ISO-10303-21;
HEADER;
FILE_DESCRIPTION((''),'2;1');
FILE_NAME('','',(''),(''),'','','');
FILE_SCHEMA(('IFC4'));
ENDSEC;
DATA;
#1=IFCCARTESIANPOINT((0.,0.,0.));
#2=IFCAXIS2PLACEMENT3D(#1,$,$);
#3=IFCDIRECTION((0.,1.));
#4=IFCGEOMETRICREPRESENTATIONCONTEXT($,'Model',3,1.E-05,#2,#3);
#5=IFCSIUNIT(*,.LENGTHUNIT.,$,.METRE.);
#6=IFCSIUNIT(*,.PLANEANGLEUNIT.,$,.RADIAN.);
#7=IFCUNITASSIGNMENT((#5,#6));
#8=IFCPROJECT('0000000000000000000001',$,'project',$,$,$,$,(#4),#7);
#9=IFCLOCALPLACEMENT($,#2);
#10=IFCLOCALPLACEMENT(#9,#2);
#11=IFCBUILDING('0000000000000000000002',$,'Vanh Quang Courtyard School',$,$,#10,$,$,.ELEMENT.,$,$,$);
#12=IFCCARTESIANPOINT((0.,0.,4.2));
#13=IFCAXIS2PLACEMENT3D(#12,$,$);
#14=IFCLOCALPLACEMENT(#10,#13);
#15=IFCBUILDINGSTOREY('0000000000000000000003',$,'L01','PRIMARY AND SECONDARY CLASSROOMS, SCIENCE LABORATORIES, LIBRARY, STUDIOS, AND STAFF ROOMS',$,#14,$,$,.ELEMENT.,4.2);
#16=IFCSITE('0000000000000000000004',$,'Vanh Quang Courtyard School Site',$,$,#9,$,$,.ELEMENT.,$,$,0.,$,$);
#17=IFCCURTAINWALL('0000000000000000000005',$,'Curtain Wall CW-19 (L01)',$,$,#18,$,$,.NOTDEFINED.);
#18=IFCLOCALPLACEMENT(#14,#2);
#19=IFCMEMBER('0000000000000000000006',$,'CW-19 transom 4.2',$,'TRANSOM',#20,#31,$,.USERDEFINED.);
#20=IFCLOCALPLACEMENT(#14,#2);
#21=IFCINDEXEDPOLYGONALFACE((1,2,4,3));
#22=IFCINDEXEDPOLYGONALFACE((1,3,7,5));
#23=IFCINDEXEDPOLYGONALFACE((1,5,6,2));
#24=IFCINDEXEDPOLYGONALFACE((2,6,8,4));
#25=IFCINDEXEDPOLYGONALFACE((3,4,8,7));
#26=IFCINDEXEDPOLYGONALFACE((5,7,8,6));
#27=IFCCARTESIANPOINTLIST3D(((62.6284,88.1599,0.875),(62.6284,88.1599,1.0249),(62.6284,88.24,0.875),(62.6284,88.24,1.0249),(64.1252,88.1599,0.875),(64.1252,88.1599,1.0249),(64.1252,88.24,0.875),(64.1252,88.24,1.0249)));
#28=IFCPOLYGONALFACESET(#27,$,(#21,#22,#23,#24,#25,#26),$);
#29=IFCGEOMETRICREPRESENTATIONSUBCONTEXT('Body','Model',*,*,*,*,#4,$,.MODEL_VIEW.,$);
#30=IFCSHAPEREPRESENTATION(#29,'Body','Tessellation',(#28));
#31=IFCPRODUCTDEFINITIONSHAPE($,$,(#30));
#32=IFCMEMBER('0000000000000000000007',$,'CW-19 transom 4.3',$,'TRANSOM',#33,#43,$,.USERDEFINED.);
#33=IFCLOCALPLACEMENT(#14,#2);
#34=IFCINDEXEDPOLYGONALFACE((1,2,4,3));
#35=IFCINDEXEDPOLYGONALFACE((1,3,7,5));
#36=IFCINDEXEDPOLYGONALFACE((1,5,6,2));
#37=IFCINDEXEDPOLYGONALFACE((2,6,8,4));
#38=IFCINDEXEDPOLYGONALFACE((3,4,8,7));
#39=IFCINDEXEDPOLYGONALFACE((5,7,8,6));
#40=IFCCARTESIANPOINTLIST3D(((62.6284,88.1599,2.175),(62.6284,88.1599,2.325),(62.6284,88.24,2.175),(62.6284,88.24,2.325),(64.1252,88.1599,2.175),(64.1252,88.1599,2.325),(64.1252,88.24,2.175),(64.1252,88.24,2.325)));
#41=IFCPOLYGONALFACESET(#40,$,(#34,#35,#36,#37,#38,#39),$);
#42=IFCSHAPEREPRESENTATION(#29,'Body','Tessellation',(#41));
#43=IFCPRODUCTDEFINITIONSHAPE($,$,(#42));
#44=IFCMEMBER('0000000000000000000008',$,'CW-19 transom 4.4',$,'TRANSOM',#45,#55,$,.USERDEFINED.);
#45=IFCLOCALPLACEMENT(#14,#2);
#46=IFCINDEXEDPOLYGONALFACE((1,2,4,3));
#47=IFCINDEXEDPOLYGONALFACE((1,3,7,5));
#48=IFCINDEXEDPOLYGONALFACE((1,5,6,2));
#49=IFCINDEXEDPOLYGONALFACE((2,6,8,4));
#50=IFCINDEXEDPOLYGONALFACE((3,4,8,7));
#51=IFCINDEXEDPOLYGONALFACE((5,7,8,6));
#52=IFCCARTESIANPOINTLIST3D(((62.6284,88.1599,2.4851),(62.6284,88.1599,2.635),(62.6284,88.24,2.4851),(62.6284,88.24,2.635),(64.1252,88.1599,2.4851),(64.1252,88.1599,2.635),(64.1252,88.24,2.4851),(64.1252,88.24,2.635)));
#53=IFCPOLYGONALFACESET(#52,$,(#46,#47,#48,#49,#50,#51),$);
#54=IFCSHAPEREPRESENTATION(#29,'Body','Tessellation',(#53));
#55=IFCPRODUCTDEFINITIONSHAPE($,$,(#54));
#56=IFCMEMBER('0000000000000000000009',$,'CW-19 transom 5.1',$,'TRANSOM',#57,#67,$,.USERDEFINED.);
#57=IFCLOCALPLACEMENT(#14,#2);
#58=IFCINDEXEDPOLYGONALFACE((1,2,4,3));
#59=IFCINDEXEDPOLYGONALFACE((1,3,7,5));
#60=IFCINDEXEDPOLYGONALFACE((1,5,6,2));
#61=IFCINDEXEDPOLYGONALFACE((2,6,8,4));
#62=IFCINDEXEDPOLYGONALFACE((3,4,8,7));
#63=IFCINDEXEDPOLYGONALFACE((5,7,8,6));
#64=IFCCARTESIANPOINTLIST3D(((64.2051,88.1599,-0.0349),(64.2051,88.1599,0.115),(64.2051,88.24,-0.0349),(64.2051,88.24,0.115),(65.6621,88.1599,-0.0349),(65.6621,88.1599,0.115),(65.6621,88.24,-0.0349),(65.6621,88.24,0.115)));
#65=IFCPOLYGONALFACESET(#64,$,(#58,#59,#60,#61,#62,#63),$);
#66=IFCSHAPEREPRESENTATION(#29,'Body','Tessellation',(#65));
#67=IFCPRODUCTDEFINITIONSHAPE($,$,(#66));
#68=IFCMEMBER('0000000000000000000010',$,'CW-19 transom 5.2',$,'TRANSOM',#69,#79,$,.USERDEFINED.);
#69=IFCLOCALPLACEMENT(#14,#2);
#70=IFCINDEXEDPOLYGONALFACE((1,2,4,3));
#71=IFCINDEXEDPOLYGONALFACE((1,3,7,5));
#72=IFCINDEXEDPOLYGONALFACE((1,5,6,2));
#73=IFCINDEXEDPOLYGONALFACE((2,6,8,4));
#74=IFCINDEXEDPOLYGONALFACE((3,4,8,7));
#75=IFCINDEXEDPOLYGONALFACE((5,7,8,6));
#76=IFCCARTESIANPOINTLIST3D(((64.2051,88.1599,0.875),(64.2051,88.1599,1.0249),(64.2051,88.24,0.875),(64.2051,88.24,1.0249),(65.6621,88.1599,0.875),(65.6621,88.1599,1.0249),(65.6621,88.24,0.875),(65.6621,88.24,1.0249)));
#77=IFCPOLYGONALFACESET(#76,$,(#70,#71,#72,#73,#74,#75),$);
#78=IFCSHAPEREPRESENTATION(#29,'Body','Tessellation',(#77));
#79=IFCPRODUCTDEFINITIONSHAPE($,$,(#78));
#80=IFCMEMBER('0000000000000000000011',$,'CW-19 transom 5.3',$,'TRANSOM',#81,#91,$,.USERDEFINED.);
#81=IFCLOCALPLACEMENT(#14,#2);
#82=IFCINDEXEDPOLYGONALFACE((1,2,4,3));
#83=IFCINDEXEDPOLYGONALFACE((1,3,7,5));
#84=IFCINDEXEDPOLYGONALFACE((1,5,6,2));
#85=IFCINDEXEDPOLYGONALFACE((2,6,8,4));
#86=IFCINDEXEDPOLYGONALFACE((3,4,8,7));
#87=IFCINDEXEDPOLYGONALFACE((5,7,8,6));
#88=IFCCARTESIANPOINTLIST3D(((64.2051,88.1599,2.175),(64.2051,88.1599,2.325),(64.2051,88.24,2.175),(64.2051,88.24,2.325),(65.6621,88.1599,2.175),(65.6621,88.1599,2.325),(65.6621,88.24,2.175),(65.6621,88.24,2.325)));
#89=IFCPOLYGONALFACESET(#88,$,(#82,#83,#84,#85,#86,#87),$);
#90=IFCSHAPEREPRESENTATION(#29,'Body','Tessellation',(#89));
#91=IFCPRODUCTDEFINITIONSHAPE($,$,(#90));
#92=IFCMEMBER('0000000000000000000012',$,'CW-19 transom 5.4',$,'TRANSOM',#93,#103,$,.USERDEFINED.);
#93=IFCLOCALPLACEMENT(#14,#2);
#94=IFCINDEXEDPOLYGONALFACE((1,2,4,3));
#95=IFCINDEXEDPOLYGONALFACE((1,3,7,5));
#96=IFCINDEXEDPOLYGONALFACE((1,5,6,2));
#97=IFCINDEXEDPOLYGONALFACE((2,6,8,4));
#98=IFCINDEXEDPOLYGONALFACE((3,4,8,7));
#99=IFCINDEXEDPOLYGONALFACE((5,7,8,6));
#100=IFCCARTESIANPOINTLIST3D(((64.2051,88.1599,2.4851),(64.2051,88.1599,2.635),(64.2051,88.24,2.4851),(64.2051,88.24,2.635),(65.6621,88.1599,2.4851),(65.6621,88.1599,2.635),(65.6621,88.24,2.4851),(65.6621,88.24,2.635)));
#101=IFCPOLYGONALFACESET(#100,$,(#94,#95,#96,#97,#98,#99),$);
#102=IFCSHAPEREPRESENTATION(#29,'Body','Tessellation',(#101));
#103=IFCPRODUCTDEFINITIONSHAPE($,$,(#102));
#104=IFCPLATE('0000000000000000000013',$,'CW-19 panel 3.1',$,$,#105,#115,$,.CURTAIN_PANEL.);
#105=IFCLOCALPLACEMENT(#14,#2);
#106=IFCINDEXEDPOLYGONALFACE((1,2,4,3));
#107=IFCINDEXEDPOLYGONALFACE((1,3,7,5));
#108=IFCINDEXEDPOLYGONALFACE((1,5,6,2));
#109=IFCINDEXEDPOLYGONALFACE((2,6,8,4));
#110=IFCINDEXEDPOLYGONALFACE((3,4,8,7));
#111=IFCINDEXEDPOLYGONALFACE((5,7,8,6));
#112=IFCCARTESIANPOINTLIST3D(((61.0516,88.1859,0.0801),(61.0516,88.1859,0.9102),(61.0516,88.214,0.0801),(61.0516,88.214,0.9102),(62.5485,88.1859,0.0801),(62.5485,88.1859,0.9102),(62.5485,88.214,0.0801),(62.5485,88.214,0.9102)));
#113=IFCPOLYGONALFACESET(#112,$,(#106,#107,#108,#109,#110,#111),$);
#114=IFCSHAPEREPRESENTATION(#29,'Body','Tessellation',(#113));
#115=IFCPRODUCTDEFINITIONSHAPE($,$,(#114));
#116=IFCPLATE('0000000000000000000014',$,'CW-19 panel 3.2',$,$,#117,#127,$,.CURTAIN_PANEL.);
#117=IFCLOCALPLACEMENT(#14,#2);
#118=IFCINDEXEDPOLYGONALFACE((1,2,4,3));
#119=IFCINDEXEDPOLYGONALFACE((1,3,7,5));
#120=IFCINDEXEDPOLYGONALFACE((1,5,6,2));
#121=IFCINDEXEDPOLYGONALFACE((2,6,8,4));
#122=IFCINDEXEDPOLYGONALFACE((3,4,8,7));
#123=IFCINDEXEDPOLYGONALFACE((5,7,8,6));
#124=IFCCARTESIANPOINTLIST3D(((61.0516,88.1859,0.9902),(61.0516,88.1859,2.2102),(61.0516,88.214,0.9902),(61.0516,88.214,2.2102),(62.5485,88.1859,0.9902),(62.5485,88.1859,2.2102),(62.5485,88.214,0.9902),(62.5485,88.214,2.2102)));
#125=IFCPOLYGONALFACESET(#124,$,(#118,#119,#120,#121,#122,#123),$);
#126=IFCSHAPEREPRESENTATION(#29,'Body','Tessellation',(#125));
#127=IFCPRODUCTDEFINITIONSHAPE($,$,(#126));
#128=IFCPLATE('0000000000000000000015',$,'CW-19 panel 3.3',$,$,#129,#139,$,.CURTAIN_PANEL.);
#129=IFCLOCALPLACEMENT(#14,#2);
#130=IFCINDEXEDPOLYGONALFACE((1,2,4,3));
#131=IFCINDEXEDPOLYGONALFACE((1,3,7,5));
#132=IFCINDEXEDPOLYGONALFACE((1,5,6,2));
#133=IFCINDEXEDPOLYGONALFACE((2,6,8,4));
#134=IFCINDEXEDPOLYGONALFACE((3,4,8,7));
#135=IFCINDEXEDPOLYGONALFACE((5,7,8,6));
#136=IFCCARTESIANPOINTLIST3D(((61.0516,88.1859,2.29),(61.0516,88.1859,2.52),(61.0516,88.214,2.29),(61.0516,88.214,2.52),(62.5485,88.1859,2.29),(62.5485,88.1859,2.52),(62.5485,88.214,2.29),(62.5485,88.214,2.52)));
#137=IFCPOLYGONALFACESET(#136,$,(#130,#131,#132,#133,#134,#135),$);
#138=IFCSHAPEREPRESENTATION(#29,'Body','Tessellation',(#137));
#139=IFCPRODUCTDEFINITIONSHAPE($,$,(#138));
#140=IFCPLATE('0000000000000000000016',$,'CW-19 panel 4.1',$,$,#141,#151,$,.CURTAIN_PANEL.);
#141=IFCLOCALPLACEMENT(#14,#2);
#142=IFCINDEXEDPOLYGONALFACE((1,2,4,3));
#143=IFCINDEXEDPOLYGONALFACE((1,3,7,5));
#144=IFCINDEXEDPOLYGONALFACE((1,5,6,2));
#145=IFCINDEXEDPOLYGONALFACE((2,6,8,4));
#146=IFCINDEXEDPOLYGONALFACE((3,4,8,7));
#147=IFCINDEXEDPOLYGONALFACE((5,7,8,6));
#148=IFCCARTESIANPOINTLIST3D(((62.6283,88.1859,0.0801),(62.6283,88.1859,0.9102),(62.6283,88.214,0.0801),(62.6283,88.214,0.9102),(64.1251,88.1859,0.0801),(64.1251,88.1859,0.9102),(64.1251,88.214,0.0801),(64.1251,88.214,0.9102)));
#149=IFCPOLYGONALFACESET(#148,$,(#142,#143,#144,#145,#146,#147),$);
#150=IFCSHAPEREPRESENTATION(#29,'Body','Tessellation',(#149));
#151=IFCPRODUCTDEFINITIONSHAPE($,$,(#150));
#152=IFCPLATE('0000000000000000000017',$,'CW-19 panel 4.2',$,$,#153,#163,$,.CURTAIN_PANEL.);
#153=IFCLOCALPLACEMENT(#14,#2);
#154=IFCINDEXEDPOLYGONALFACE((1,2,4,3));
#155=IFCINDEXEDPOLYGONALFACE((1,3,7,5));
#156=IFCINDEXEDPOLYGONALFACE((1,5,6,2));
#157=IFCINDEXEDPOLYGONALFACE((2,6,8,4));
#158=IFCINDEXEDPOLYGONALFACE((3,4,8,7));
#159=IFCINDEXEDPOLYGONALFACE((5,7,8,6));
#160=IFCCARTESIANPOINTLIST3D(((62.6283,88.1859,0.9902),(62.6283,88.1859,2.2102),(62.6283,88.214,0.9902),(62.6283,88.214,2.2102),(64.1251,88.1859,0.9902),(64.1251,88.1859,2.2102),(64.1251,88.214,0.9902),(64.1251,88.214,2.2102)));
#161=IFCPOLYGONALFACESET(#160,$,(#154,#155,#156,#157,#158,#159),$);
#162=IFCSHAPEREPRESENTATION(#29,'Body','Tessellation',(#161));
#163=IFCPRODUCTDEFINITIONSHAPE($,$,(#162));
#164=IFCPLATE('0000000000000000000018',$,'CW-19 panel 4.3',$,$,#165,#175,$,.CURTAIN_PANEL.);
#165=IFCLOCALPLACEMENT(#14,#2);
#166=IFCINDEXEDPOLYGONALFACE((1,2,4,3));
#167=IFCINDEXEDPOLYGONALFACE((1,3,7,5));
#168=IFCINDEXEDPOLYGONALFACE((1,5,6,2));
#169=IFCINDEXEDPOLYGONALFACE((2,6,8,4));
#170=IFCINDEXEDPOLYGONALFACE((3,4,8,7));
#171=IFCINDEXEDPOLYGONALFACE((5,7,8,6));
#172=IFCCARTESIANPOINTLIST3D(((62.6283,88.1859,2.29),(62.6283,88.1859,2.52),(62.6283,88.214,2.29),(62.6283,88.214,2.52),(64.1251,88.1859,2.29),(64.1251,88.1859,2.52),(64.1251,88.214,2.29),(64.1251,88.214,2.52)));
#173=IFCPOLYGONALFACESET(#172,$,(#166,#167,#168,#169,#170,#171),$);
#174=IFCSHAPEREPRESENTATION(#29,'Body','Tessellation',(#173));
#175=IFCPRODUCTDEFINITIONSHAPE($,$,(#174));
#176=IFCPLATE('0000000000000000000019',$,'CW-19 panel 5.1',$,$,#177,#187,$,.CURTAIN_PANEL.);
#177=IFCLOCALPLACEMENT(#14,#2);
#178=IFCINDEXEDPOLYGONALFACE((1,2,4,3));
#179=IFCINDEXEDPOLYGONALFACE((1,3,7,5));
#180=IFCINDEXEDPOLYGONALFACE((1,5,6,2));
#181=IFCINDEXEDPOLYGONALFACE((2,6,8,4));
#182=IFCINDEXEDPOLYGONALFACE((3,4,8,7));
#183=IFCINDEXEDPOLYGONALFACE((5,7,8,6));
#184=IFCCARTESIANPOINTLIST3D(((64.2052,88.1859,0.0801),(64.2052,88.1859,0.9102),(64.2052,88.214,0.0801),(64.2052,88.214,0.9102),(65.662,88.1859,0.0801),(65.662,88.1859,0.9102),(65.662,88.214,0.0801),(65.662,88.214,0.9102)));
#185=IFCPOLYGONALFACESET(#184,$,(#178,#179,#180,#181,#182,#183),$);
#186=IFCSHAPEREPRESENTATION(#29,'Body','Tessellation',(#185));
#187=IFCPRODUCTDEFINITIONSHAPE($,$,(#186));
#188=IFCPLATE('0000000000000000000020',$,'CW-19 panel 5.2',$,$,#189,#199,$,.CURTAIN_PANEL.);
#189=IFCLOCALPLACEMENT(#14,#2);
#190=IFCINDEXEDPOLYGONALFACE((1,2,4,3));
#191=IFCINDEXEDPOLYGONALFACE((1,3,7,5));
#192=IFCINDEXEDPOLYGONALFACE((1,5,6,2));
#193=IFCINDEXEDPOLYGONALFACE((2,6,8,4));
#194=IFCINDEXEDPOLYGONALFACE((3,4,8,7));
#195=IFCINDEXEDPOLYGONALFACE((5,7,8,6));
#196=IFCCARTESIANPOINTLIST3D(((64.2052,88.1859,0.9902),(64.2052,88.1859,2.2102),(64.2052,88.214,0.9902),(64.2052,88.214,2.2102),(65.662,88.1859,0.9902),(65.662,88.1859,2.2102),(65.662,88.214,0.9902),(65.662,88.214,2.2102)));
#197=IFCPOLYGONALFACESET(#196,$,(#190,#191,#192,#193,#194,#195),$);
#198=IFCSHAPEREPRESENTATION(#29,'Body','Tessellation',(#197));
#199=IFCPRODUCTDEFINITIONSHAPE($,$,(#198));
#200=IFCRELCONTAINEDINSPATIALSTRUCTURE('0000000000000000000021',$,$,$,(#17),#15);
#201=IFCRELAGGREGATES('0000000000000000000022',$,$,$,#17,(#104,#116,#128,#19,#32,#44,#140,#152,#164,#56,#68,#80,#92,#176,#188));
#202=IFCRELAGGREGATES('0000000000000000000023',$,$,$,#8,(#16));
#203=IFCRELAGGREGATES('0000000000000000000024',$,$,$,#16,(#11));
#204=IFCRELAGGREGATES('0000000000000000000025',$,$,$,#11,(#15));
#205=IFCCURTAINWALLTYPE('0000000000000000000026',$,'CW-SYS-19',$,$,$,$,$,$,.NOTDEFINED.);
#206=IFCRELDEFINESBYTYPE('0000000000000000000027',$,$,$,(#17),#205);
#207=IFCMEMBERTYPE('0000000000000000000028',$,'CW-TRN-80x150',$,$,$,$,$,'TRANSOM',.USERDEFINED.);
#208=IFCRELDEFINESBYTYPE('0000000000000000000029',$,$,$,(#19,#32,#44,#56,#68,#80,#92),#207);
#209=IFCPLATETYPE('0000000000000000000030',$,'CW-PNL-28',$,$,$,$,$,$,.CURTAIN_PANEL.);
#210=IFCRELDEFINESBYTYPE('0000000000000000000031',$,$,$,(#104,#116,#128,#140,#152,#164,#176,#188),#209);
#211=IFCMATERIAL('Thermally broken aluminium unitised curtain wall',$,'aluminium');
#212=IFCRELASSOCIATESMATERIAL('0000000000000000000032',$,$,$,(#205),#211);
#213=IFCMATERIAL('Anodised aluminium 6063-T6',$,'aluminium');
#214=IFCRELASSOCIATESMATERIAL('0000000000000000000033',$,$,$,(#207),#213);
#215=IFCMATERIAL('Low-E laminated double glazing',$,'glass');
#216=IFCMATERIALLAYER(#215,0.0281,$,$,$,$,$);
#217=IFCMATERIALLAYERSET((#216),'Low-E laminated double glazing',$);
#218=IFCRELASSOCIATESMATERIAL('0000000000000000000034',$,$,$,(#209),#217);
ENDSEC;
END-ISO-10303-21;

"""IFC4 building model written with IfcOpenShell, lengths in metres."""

from ifc_helpers import new_model, si_unit, direction, frame, origin, origin_2d, place, context, subcontext, project, spatial, rectangle, extrude, material, layer, layer_set, material_profile, profile_set, type_object, element, aggregate, save


model = new_model("IFC4")

# Units and contexts
model_context = context("Model", 3, precision=1e-05, world=origin(), true_north=direction((0.0, 1.0)))
body_context = subcontext(model_context, "Body", "Model", "MODEL_VIEW")
ifc_project = project(units=[si_unit("LENGTHUNIT", "METRE"), si_unit("PLANEANGLEUNIT", "RADIAN")], contexts=[model_context])

# Site, building, storey
site_placement = place(None, origin())
site = spatial("IfcSite", under=ifc_project, at=site_placement, Name="Vanh Quang Courtyard School Site", CompositionType="ELEMENT", RefElevation=0.0)
building_placement = place(site_placement, origin())
building = spatial("IfcBuilding", under=site, at=building_placement, Name="Vanh Quang Courtyard School", CompositionType="ELEMENT")
storey_placement = place(building_placement, frame((0.0, 0.0, 4.2)))
storey = spatial("IfcBuildingStorey", under=building, at=storey_placement, Name="L01", Description="PRIMARY AND SECONDARY CLASSROOMS, SCIENCE LABORATORIES, LIBRARY, STUDIOS, AND STAFF ROOMS", CompositionType="ELEMENT", Elevation=4.2)

# Curtain wall, members, plates
ifc_material_1 = material(Name="Thermally broken aluminium unitised curtain wall", Category="aluminium")
curtain_wall_type = type_object("IfcCurtainWallType", Name="CW-SYS-19", PredefinedType="NOTDEFINED", material=ifc_material_1)
curtain_wall_placement = place(storey_placement, origin())
curtain_wall = element("IfcCurtainWall", 1, at=curtain_wall_placement, inside=storey, type_object=curtain_wall_type, Name="Curtain Wall CW-19 (L01)", PredefinedType="NOTDEFINED")
ifc_material_2 = material(Name="Anodised aluminium 6063-T6", Category="aluminium")
ifc_material_profile_1 = material_profile(ifc_material_2, rectangle(XDim=0.0801, YDim=0.1499, at=origin_2d()), Name="ALU-TRN 80x150")
ifc_profile_set_1 = profile_set([ifc_material_profile_1], Name="Anodised aluminium 6063-T6")
member_type_1 = type_object("IfcMemberType", Name="CW-TRN-80x150", ElementType="TRANSOM", PredefinedType="USERDEFINED", material=ifc_profile_set_1)
member_1_placement = place(storey_placement, frame((62.6284, 88.2, 0.95), z_axis=(1.0, 0.0, 0.0), x_axis=(0.0, 1.0, 0.0)))
member_1 = element("IfcMember", 2, at=member_1_placement, type_object=member_type_1, Name="CW-19 transom 4.2", ObjectType="TRANSOM", PredefinedType="USERDEFINED", context=body_context, shape_type="SweptSolid", body=[
    extrude(rectangle(XDim=0.0801, YDim=0.1499, at=origin_2d()), origin(), (0.0, 0.0, 1.0), 1.4968),
])
member_2_placement = place(storey_placement, frame((62.6284, 88.2, 2.25), z_axis=(1.0, 0.0, 0.0), x_axis=(0.0, 1.0, 0.0)))
member_2 = element("IfcMember", 3, at=member_2_placement, type_object=member_type_1, Name="CW-19 transom 4.3", ObjectType="TRANSOM", PredefinedType="USERDEFINED", context=body_context, shape_type="SweptSolid", body=[
    extrude(rectangle(XDim=0.0801, YDim=0.1499, at=origin_2d()), origin(), (0.0, 0.0, 1.0), 1.4968),
])
member_3_placement = place(storey_placement, frame((62.6284, 88.2, 2.5601), z_axis=(1.0, 0.0, 0.0), x_axis=(0.0, 1.0, 0.0)))
member_3 = element("IfcMember", 4, at=member_3_placement, type_object=member_type_1, Name="CW-19 transom 4.4", ObjectType="TRANSOM", PredefinedType="USERDEFINED", context=body_context, shape_type="SweptSolid", body=[
    extrude(rectangle(XDim=0.0801, YDim=0.1499, at=origin_2d()), origin(), (0.0, 0.0, 1.0), 1.4968),
])
member_4_placement = place(storey_placement, frame((64.2051, 88.2, 0.04), z_axis=(1.0, 0.0, 0.0), x_axis=(0.0, 1.0, 0.0)))
member_4 = element("IfcMember", 5, at=member_4_placement, type_object=member_type_1, Name="CW-19 transom 5.1", ObjectType="TRANSOM", PredefinedType="USERDEFINED", context=body_context, shape_type="SweptSolid", body=[
    extrude(rectangle(XDim=0.0801, YDim=0.1499, at=origin_2d()), origin(), (0.0, 0.0, 1.0), 1.457),
])
member_5_placement = place(storey_placement, frame((64.2051, 88.2, 0.95), z_axis=(1.0, 0.0, 0.0), x_axis=(0.0, 1.0, 0.0)))
member_5 = element("IfcMember", 6, at=member_5_placement, type_object=member_type_1, Name="CW-19 transom 5.2", ObjectType="TRANSOM", PredefinedType="USERDEFINED", context=body_context, shape_type="SweptSolid", body=[
    extrude(rectangle(XDim=0.0801, YDim=0.1499, at=origin_2d()), origin(), (0.0, 0.0, 1.0), 1.457),
])
member_6_placement = place(storey_placement, frame((64.2051, 88.2, 2.25), z_axis=(1.0, 0.0, 0.0), x_axis=(0.0, 1.0, 0.0)))
member_6 = element("IfcMember", 7, at=member_6_placement, type_object=member_type_1, Name="CW-19 transom 5.3", ObjectType="TRANSOM", PredefinedType="USERDEFINED", context=body_context, shape_type="SweptSolid", body=[
    extrude(rectangle(XDim=0.0801, YDim=0.1499, at=origin_2d()), origin(), (0.0, 0.0, 1.0), 1.457),
])
member_7_placement = place(storey_placement, frame((64.2051, 88.2, 2.5601), z_axis=(1.0, 0.0, 0.0), x_axis=(0.0, 1.0, 0.0)))
member_7 = element("IfcMember", 8, at=member_7_placement, type_object=member_type_1, Name="CW-19 transom 5.4", ObjectType="TRANSOM", PredefinedType="USERDEFINED", context=body_context, shape_type="SweptSolid", body=[
    extrude(rectangle(XDim=0.0801, YDim=0.1499, at=origin_2d()), origin(), (0.0, 0.0, 1.0), 1.457),
])
ifc_material_3 = material(Name="Low-E laminated double glazing", Category="glass")
ifc_layer_1 = layer(ifc_material_3, 0.0281)
ifc_layer_set_1 = layer_set([ifc_layer_1], Name="Low-E laminated double glazing")
plate_type = type_object("IfcPlateType", Name="CW-PNL-28", PredefinedType="CURTAIN_PANEL", material=ifc_layer_set_1)
plate_1_placement = place(storey_placement, frame((61.8, 88.2, 0.0801), z_axis=(0.0, 0.0, 1.0), x_axis=(1.0, 0.0, 0.0)))
plate_1 = element("IfcPlate", 9, at=plate_1_placement, type_object=plate_type, Name="CW-19 panel 3.1", PredefinedType="CURTAIN_PANEL", context=body_context, shape_type="SweptSolid", body=[
    extrude(rectangle(XDim=1.4968, YDim=0.0281, at=origin_2d()), origin(), (0.0, 0.0, 1.0), 0.8301),
])
plate_2_placement = place(storey_placement, frame((61.8, 88.2, 0.9902), z_axis=(0.0, 0.0, 1.0), x_axis=(1.0, 0.0, 0.0)))
plate_2 = element("IfcPlate", 10, at=plate_2_placement, type_object=plate_type, Name="CW-19 panel 3.2", PredefinedType="CURTAIN_PANEL", context=body_context, shape_type="SweptSolid", body=[
    extrude(rectangle(XDim=1.4968, YDim=0.0281, at=origin_2d()), origin(), (0.0, 0.0, 1.0), 1.22),
])
plate_3_placement = place(storey_placement, frame((61.8, 88.2, 2.29), z_axis=(0.0, 0.0, 1.0), x_axis=(1.0, 0.0, 0.0)))
plate_3 = element("IfcPlate", 11, at=plate_3_placement, type_object=plate_type, Name="CW-19 panel 3.3", PredefinedType="CURTAIN_PANEL", context=body_context, shape_type="SweptSolid", body=[
    extrude(rectangle(XDim=1.4968, YDim=0.0281, at=origin_2d()), origin(), (0.0, 0.0, 1.0), 0.23),
])
plate_4_placement = place(storey_placement, frame((63.3767, 88.2, 0.0801), z_axis=(0.0, 0.0, 1.0), x_axis=(1.0, 0.0, 0.0)))
plate_4 = element("IfcPlate", 12, at=plate_4_placement, type_object=plate_type, Name="CW-19 panel 4.1", PredefinedType="CURTAIN_PANEL", context=body_context, shape_type="SweptSolid", body=[
    extrude(rectangle(XDim=1.4968, YDim=0.0281, at=origin_2d()), origin(), (0.0, 0.0, 1.0), 0.8301),
])
plate_5_placement = place(storey_placement, frame((63.3767, 88.2, 0.9902), z_axis=(0.0, 0.0, 1.0), x_axis=(1.0, 0.0, 0.0)))
plate_5 = element("IfcPlate", 13, at=plate_5_placement, type_object=plate_type, Name="CW-19 panel 4.2", PredefinedType="CURTAIN_PANEL", context=body_context, shape_type="SweptSolid", body=[
    extrude(rectangle(XDim=1.4968, YDim=0.0281, at=origin_2d()), origin(), (0.0, 0.0, 1.0), 1.22),
])
plate_6_placement = place(storey_placement, frame((63.3767, 88.2, 2.29), z_axis=(0.0, 0.0, 1.0), x_axis=(1.0, 0.0, 0.0)))
plate_6 = element("IfcPlate", 14, at=plate_6_placement, type_object=plate_type, Name="CW-19 panel 4.3", PredefinedType="CURTAIN_PANEL", context=body_context, shape_type="SweptSolid", body=[
    extrude(rectangle(XDim=1.4968, YDim=0.0281, at=origin_2d()), origin(), (0.0, 0.0, 1.0), 0.23),
])
plate_7_placement = place(storey_placement, frame((64.9336, 88.2, 0.0801), z_axis=(0.0, 0.0, 1.0), x_axis=(1.0, 0.0, 0.0)))
plate_7 = element("IfcPlate", 15, at=plate_7_placement, type_object=plate_type, Name="CW-19 panel 5.1", PredefinedType="CURTAIN_PANEL", context=body_context, shape_type="SweptSolid", body=[
    extrude(rectangle(XDim=1.4568, YDim=0.0281, at=origin_2d()), origin(), (0.0, 0.0, 1.0), 0.8301),
])
plate_8_placement = place(storey_placement, frame((64.9336, 88.2, 0.9902), z_axis=(0.0, 0.0, 1.0), x_axis=(1.0, 0.0, 0.0)))
plate_8 = element("IfcPlate", 16, at=plate_8_placement, type_object=plate_type, Name="CW-19 panel 5.2", PredefinedType="CURTAIN_PANEL", context=body_context, shape_type="SweptSolid", body=[
    extrude(rectangle(XDim=1.4568, YDim=0.0281, at=origin_2d()), origin(), (0.0, 0.0, 1.0), 1.22),
])
aggregate(curtain_wall, [plate_1, plate_2, plate_3, member_1, member_2, member_3, plate_4, plate_5, plate_6, member_4, member_5, member_6, member_7, plate_7, plate_8])

save(model, "model.ifc")
